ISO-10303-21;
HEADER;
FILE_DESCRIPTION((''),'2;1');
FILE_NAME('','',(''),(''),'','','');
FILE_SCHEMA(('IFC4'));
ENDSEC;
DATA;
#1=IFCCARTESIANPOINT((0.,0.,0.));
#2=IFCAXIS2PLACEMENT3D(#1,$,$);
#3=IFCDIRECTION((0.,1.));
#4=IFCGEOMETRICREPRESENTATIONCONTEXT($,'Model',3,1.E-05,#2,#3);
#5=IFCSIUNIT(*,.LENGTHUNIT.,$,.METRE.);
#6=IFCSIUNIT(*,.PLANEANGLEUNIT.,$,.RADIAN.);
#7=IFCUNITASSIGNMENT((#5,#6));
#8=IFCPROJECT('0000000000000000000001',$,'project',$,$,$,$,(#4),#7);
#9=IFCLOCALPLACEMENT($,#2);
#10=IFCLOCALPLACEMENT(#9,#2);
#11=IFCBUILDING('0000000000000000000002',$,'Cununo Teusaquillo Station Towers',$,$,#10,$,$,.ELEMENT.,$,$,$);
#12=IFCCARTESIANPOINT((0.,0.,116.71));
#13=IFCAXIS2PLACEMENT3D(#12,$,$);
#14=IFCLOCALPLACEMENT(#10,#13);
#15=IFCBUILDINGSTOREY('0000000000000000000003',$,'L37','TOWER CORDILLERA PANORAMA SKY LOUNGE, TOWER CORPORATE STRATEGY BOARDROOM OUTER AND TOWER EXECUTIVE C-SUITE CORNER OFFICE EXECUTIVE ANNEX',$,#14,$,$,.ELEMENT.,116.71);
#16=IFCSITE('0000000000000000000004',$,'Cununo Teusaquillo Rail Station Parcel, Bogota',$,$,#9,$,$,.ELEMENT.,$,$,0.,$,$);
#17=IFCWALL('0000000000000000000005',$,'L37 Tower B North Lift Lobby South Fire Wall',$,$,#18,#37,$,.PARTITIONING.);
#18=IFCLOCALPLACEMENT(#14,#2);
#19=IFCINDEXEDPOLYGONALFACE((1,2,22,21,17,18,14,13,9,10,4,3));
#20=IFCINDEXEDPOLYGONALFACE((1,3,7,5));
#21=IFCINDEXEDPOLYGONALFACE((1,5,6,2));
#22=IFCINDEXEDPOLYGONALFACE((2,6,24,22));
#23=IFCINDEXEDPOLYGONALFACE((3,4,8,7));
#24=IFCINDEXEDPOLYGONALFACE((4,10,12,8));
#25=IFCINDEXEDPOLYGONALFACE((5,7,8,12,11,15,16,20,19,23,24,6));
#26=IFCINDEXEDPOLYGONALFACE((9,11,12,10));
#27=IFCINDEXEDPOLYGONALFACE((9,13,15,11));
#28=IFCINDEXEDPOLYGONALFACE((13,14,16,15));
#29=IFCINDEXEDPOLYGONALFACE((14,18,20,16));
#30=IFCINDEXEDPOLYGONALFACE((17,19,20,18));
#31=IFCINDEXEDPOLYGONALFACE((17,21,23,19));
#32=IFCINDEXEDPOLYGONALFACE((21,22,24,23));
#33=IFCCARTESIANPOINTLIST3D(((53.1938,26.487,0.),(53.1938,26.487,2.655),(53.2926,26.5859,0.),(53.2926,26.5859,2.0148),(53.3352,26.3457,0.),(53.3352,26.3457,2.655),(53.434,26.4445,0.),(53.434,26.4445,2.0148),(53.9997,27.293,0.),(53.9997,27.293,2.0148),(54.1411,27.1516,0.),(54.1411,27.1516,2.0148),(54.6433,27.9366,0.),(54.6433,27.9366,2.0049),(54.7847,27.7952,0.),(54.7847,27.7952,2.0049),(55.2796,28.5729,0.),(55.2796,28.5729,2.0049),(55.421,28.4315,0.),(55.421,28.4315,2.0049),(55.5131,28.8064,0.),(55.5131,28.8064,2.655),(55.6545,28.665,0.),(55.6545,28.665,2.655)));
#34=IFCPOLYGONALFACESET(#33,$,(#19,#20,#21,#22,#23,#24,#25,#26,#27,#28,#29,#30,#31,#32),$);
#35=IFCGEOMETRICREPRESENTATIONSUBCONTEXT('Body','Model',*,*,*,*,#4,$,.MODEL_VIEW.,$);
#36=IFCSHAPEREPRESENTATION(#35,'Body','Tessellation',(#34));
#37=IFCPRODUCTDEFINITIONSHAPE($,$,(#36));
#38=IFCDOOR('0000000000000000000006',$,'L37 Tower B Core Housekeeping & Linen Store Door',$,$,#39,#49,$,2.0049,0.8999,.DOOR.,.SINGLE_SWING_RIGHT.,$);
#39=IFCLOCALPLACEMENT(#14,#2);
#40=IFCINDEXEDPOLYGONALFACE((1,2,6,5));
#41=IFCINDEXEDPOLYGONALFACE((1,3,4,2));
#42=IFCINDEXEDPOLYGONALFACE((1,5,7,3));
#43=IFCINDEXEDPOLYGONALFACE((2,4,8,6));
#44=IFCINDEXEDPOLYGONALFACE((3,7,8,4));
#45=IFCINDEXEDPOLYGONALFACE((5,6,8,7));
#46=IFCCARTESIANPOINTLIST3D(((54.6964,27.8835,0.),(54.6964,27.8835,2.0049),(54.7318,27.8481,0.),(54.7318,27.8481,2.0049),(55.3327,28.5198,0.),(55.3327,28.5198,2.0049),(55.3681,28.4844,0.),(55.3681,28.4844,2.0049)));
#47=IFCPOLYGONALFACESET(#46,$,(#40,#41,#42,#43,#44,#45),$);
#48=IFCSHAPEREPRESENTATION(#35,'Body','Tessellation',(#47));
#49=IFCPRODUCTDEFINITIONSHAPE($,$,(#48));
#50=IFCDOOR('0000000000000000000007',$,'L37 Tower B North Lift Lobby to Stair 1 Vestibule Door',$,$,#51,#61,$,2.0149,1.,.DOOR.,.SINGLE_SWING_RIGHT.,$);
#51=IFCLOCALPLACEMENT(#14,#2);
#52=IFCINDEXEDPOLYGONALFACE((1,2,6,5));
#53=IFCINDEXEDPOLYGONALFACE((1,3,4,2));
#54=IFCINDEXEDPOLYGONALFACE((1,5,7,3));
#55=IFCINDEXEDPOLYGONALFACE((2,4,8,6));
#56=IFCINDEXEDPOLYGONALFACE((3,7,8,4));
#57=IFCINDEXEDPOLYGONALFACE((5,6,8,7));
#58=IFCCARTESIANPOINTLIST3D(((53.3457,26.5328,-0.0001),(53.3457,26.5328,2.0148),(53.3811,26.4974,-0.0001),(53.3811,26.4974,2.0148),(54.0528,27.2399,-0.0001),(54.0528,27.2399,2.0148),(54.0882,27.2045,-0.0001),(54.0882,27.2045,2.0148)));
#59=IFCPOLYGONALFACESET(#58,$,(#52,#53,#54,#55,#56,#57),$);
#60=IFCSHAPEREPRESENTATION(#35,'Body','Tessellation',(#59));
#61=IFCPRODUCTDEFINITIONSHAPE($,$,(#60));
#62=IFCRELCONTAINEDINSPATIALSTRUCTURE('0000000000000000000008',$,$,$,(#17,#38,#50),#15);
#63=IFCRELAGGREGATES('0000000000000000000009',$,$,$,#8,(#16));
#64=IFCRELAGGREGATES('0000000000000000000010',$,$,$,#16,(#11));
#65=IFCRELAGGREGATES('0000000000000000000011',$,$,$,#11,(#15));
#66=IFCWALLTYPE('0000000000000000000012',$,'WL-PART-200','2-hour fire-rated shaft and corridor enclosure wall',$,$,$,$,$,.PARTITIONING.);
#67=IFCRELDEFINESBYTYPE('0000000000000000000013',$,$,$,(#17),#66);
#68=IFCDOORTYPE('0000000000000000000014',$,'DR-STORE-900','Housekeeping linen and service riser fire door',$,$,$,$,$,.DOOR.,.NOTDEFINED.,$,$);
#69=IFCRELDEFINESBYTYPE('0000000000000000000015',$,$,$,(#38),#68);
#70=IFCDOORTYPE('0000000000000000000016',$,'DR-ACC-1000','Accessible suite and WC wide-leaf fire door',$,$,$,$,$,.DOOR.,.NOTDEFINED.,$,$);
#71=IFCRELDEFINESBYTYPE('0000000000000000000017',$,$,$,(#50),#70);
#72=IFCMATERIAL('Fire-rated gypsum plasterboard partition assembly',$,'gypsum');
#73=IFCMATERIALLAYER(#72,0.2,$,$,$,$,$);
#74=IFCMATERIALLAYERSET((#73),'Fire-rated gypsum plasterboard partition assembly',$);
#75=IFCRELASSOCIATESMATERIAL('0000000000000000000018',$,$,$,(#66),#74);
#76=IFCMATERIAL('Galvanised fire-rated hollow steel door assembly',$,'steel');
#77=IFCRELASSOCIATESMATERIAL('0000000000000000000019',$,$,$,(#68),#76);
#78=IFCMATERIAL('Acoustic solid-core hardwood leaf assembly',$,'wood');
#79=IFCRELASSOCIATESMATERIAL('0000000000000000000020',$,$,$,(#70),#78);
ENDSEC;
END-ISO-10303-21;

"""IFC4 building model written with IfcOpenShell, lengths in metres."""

from ifc_helpers import new_model, si_unit, direction, frame, frame_2d, origin, place, context, subcontext, project, spatial, rectangle, extrude, source, transform, mapped, material, layer, layer_set, type_object, element, fill, save


model = new_model("IFC4")

# Units and contexts
model_context = context("Model", 3, precision=1e-05, world=origin(), true_north=direction((0.0, 1.0)))
body_context = subcontext(model_context, "Body", "Model", "MODEL_VIEW")
ifc_project = project(units=[si_unit("LENGTHUNIT", "METRE"), si_unit("PLANEANGLEUNIT", "RADIAN")], contexts=[model_context])

# Site, building, storey
site_placement = place(None, origin())
site = spatial("IfcSite", under=ifc_project, at=site_placement, Name="Cununo Teusaquillo Rail Station Parcel, Bogota", CompositionType="ELEMENT", RefElevation=0.0)
building_placement = place(site_placement, origin())
building = spatial("IfcBuilding", under=site, at=building_placement, Name="Cununo Teusaquillo Station Towers", CompositionType="ELEMENT")
storey_placement = place(building_placement, frame((0.0, 0.0, 116.71)))
storey = spatial("IfcBuildingStorey", under=building, at=storey_placement, Name="L37", Description="TOWER CORDILLERA PANORAMA SKY LOUNGE, TOWER CORPORATE STRATEGY BOARDROOM OUTER AND TOWER EXECUTIVE C-SUITE CORNER OFFICE EXECUTIVE ANNEX", CompositionType="ELEMENT", Elevation=116.71)

# Shared definitions
shared_shape_1 = source(origin(), body_context, "Body", "SweptSolid", [
    extrude(rectangle(XDim=0.8999, YDim=2.0049, at=frame_2d((0.45, 1.0024))), frame((0.0, 0.0249, 0.0), z_axis=(0.0, -1.0, 0.0), x_axis=(1.0, 0.0, 0.0)), (0.0, 0.0, 1.0), 0.05),
])

# Wall, openings, doors
ifc_material_1 = material(Name="Fire-rated gypsum plasterboard partition assembly", Category="gypsum")
ifc_layer_1 = layer(ifc_material_1, 0.2)
ifc_layer_set_1 = layer_set([ifc_layer_1], Name="Fire-rated gypsum plasterboard partition assembly")
wall_type_1 = type_object("IfcWallType", Name="WL-PART-200", Description="2-hour fire-rated shaft and corridor enclosure wall", PredefinedType="PARTITIONING", material=ifc_layer_set_1)
wall_1_placement = place(storey_placement, frame((53.2644, 26.4163, 0.0), z_axis=(0.0, 0.0, 1.0), x_axis=(0.707107, 0.707107, 0.0)))
wall_1 = element("IfcWall", 1, at=wall_1_placement, inside=storey, type_object=wall_type_1, Name="L37 Tower B North Lift Lobby South Fire Wall", PredefinedType="PARTITIONING", context=body_context, shape_type="SweptSolid", body=[
    extrude(rectangle(XDim=3.28, YDim=0.2, at=frame_2d((1.6401, 0.0))), origin(), (0.0, 0.0, 1.0), 2.655),
])
shared_shape_2 = source(origin(), body_context, "Body", "SweptSolid", [
    extrude(rectangle(XDim=1.0, YDim=2.0149, at=frame_2d((0.5, 1.0073))), frame((0.0, 0.1099, 0.0), z_axis=(0.0, -1.0, 0.0), x_axis=(1.0, 0.0, 0.0)), (0.0, 0.0, 1.0), 0.22),
])
opening_1_placement = place(wall_1_placement, frame((0.1399, 0.0, 0.0)))
opening_1 = element("IfcOpeningElement", 2, at=opening_1_placement, cuts=wall_1, PredefinedType="OPENING", context=body_context, shape_type="MappedRepresentation", body=[
    mapped(shared_shape_2, transform((0.0, 0.0, 0.0), x_axis=(1.0, 0.0, 0.0), y_axis=(0.0, 1.0, 0.0), z_axis=(0.0, 0.0, 1.0), scale=1.0)),
])
shared_shape_3 = source(origin(), body_context, "Body", "SweptSolid", [
    extrude(rectangle(XDim=0.8999, YDim=2.0049, at=frame_2d((0.45, 1.0024))), frame((0.0, 0.1099, 0.0), z_axis=(0.0, -1.0, 0.0), x_axis=(1.0, 0.0, 0.0)), (0.0, 0.0, 1.0), 0.22),
])
opening_2_placement = place(wall_1_placement, frame((2.05, 0.0, 0.0)))
opening_2 = element("IfcOpeningElement", 3, at=opening_2_placement, cuts=wall_1, PredefinedType="OPENING", context=body_context, shape_type="MappedRepresentation", body=[
    mapped(shared_shape_3, transform((0.0, 0.0, 0.0), x_axis=(1.0, 0.0, 0.0), y_axis=(0.0, 1.0, 0.0), z_axis=(0.0, 0.0, 1.0), scale=1.0)),
])
ifc_material_2 = material(Name="Galvanised fire-rated hollow steel door assembly", Category="steel")
door_type_1 = type_object("IfcDoorType", Name="DR-STORE-900", Description="Housekeeping linen and service riser fire door", OperationType="NOTDEFINED", PredefinedType="DOOR", material=ifc_material_2)
door_1_placement = place(opening_2_placement, origin())
door_1 = element("IfcDoor", 4, at=door_1_placement, inside=storey, type_object=door_type_1, Name="L37 Tower B Core Housekeeping & Linen Store Door", OperationType="SINGLE_SWING_RIGHT", OverallHeight=2.0049, OverallWidth=0.8999, PredefinedType="DOOR", context=body_context, shape_type="MappedRepresentation", body=[
    mapped(shared_shape_1, transform((0.0, 0.0, 0.0), x_axis=(1.0, 0.0, 0.0), y_axis=(0.0, 1.0, 0.0), z_axis=(0.0, 0.0, 1.0), scale=1.0)),
])
fill(opening_2, door_1)
ifc_material_3 = material(Name="Acoustic solid-core hardwood leaf assembly", Category="wood")
door_type_2 = type_object("IfcDoorType", Name="DR-ACC-1000", Description="Accessible suite and WC wide-leaf fire door", OperationType="NOTDEFINED", PredefinedType="DOOR", material=ifc_material_3)
shared_shape_4 = source(origin(), body_context, "Body", "SweptSolid", [
    extrude(rectangle(XDim=1.0, YDim=2.0149, at=frame_2d((0.5, 1.0073))), frame((0.0, 0.0249, 0.0), z_axis=(0.0, -1.0, 0.0), x_axis=(1.0, 0.0, 0.0)), (0.0, 0.0, 1.0), 0.05),
])
door_2_placement = place(opening_1_placement, origin())
door_2 = element("IfcDoor", 5, at=door_2_placement, inside=storey, type_object=door_type_2, Name="L37 Tower B North Lift Lobby to Stair 1 Vestibule Door", OperationType="SINGLE_SWING_RIGHT", OverallHeight=2.0149, OverallWidth=1.0, PredefinedType="DOOR", context=body_context, shape_type="MappedRepresentation", body=[
    mapped(shared_shape_4, transform((0.0, 0.0, 0.0), x_axis=(1.0, 0.0, 0.0), y_axis=(0.0, 1.0, 0.0), z_axis=(0.0, 0.0, 1.0), scale=1.0)),
])
fill(opening_1, door_2)

save(model, "model.ifc")
